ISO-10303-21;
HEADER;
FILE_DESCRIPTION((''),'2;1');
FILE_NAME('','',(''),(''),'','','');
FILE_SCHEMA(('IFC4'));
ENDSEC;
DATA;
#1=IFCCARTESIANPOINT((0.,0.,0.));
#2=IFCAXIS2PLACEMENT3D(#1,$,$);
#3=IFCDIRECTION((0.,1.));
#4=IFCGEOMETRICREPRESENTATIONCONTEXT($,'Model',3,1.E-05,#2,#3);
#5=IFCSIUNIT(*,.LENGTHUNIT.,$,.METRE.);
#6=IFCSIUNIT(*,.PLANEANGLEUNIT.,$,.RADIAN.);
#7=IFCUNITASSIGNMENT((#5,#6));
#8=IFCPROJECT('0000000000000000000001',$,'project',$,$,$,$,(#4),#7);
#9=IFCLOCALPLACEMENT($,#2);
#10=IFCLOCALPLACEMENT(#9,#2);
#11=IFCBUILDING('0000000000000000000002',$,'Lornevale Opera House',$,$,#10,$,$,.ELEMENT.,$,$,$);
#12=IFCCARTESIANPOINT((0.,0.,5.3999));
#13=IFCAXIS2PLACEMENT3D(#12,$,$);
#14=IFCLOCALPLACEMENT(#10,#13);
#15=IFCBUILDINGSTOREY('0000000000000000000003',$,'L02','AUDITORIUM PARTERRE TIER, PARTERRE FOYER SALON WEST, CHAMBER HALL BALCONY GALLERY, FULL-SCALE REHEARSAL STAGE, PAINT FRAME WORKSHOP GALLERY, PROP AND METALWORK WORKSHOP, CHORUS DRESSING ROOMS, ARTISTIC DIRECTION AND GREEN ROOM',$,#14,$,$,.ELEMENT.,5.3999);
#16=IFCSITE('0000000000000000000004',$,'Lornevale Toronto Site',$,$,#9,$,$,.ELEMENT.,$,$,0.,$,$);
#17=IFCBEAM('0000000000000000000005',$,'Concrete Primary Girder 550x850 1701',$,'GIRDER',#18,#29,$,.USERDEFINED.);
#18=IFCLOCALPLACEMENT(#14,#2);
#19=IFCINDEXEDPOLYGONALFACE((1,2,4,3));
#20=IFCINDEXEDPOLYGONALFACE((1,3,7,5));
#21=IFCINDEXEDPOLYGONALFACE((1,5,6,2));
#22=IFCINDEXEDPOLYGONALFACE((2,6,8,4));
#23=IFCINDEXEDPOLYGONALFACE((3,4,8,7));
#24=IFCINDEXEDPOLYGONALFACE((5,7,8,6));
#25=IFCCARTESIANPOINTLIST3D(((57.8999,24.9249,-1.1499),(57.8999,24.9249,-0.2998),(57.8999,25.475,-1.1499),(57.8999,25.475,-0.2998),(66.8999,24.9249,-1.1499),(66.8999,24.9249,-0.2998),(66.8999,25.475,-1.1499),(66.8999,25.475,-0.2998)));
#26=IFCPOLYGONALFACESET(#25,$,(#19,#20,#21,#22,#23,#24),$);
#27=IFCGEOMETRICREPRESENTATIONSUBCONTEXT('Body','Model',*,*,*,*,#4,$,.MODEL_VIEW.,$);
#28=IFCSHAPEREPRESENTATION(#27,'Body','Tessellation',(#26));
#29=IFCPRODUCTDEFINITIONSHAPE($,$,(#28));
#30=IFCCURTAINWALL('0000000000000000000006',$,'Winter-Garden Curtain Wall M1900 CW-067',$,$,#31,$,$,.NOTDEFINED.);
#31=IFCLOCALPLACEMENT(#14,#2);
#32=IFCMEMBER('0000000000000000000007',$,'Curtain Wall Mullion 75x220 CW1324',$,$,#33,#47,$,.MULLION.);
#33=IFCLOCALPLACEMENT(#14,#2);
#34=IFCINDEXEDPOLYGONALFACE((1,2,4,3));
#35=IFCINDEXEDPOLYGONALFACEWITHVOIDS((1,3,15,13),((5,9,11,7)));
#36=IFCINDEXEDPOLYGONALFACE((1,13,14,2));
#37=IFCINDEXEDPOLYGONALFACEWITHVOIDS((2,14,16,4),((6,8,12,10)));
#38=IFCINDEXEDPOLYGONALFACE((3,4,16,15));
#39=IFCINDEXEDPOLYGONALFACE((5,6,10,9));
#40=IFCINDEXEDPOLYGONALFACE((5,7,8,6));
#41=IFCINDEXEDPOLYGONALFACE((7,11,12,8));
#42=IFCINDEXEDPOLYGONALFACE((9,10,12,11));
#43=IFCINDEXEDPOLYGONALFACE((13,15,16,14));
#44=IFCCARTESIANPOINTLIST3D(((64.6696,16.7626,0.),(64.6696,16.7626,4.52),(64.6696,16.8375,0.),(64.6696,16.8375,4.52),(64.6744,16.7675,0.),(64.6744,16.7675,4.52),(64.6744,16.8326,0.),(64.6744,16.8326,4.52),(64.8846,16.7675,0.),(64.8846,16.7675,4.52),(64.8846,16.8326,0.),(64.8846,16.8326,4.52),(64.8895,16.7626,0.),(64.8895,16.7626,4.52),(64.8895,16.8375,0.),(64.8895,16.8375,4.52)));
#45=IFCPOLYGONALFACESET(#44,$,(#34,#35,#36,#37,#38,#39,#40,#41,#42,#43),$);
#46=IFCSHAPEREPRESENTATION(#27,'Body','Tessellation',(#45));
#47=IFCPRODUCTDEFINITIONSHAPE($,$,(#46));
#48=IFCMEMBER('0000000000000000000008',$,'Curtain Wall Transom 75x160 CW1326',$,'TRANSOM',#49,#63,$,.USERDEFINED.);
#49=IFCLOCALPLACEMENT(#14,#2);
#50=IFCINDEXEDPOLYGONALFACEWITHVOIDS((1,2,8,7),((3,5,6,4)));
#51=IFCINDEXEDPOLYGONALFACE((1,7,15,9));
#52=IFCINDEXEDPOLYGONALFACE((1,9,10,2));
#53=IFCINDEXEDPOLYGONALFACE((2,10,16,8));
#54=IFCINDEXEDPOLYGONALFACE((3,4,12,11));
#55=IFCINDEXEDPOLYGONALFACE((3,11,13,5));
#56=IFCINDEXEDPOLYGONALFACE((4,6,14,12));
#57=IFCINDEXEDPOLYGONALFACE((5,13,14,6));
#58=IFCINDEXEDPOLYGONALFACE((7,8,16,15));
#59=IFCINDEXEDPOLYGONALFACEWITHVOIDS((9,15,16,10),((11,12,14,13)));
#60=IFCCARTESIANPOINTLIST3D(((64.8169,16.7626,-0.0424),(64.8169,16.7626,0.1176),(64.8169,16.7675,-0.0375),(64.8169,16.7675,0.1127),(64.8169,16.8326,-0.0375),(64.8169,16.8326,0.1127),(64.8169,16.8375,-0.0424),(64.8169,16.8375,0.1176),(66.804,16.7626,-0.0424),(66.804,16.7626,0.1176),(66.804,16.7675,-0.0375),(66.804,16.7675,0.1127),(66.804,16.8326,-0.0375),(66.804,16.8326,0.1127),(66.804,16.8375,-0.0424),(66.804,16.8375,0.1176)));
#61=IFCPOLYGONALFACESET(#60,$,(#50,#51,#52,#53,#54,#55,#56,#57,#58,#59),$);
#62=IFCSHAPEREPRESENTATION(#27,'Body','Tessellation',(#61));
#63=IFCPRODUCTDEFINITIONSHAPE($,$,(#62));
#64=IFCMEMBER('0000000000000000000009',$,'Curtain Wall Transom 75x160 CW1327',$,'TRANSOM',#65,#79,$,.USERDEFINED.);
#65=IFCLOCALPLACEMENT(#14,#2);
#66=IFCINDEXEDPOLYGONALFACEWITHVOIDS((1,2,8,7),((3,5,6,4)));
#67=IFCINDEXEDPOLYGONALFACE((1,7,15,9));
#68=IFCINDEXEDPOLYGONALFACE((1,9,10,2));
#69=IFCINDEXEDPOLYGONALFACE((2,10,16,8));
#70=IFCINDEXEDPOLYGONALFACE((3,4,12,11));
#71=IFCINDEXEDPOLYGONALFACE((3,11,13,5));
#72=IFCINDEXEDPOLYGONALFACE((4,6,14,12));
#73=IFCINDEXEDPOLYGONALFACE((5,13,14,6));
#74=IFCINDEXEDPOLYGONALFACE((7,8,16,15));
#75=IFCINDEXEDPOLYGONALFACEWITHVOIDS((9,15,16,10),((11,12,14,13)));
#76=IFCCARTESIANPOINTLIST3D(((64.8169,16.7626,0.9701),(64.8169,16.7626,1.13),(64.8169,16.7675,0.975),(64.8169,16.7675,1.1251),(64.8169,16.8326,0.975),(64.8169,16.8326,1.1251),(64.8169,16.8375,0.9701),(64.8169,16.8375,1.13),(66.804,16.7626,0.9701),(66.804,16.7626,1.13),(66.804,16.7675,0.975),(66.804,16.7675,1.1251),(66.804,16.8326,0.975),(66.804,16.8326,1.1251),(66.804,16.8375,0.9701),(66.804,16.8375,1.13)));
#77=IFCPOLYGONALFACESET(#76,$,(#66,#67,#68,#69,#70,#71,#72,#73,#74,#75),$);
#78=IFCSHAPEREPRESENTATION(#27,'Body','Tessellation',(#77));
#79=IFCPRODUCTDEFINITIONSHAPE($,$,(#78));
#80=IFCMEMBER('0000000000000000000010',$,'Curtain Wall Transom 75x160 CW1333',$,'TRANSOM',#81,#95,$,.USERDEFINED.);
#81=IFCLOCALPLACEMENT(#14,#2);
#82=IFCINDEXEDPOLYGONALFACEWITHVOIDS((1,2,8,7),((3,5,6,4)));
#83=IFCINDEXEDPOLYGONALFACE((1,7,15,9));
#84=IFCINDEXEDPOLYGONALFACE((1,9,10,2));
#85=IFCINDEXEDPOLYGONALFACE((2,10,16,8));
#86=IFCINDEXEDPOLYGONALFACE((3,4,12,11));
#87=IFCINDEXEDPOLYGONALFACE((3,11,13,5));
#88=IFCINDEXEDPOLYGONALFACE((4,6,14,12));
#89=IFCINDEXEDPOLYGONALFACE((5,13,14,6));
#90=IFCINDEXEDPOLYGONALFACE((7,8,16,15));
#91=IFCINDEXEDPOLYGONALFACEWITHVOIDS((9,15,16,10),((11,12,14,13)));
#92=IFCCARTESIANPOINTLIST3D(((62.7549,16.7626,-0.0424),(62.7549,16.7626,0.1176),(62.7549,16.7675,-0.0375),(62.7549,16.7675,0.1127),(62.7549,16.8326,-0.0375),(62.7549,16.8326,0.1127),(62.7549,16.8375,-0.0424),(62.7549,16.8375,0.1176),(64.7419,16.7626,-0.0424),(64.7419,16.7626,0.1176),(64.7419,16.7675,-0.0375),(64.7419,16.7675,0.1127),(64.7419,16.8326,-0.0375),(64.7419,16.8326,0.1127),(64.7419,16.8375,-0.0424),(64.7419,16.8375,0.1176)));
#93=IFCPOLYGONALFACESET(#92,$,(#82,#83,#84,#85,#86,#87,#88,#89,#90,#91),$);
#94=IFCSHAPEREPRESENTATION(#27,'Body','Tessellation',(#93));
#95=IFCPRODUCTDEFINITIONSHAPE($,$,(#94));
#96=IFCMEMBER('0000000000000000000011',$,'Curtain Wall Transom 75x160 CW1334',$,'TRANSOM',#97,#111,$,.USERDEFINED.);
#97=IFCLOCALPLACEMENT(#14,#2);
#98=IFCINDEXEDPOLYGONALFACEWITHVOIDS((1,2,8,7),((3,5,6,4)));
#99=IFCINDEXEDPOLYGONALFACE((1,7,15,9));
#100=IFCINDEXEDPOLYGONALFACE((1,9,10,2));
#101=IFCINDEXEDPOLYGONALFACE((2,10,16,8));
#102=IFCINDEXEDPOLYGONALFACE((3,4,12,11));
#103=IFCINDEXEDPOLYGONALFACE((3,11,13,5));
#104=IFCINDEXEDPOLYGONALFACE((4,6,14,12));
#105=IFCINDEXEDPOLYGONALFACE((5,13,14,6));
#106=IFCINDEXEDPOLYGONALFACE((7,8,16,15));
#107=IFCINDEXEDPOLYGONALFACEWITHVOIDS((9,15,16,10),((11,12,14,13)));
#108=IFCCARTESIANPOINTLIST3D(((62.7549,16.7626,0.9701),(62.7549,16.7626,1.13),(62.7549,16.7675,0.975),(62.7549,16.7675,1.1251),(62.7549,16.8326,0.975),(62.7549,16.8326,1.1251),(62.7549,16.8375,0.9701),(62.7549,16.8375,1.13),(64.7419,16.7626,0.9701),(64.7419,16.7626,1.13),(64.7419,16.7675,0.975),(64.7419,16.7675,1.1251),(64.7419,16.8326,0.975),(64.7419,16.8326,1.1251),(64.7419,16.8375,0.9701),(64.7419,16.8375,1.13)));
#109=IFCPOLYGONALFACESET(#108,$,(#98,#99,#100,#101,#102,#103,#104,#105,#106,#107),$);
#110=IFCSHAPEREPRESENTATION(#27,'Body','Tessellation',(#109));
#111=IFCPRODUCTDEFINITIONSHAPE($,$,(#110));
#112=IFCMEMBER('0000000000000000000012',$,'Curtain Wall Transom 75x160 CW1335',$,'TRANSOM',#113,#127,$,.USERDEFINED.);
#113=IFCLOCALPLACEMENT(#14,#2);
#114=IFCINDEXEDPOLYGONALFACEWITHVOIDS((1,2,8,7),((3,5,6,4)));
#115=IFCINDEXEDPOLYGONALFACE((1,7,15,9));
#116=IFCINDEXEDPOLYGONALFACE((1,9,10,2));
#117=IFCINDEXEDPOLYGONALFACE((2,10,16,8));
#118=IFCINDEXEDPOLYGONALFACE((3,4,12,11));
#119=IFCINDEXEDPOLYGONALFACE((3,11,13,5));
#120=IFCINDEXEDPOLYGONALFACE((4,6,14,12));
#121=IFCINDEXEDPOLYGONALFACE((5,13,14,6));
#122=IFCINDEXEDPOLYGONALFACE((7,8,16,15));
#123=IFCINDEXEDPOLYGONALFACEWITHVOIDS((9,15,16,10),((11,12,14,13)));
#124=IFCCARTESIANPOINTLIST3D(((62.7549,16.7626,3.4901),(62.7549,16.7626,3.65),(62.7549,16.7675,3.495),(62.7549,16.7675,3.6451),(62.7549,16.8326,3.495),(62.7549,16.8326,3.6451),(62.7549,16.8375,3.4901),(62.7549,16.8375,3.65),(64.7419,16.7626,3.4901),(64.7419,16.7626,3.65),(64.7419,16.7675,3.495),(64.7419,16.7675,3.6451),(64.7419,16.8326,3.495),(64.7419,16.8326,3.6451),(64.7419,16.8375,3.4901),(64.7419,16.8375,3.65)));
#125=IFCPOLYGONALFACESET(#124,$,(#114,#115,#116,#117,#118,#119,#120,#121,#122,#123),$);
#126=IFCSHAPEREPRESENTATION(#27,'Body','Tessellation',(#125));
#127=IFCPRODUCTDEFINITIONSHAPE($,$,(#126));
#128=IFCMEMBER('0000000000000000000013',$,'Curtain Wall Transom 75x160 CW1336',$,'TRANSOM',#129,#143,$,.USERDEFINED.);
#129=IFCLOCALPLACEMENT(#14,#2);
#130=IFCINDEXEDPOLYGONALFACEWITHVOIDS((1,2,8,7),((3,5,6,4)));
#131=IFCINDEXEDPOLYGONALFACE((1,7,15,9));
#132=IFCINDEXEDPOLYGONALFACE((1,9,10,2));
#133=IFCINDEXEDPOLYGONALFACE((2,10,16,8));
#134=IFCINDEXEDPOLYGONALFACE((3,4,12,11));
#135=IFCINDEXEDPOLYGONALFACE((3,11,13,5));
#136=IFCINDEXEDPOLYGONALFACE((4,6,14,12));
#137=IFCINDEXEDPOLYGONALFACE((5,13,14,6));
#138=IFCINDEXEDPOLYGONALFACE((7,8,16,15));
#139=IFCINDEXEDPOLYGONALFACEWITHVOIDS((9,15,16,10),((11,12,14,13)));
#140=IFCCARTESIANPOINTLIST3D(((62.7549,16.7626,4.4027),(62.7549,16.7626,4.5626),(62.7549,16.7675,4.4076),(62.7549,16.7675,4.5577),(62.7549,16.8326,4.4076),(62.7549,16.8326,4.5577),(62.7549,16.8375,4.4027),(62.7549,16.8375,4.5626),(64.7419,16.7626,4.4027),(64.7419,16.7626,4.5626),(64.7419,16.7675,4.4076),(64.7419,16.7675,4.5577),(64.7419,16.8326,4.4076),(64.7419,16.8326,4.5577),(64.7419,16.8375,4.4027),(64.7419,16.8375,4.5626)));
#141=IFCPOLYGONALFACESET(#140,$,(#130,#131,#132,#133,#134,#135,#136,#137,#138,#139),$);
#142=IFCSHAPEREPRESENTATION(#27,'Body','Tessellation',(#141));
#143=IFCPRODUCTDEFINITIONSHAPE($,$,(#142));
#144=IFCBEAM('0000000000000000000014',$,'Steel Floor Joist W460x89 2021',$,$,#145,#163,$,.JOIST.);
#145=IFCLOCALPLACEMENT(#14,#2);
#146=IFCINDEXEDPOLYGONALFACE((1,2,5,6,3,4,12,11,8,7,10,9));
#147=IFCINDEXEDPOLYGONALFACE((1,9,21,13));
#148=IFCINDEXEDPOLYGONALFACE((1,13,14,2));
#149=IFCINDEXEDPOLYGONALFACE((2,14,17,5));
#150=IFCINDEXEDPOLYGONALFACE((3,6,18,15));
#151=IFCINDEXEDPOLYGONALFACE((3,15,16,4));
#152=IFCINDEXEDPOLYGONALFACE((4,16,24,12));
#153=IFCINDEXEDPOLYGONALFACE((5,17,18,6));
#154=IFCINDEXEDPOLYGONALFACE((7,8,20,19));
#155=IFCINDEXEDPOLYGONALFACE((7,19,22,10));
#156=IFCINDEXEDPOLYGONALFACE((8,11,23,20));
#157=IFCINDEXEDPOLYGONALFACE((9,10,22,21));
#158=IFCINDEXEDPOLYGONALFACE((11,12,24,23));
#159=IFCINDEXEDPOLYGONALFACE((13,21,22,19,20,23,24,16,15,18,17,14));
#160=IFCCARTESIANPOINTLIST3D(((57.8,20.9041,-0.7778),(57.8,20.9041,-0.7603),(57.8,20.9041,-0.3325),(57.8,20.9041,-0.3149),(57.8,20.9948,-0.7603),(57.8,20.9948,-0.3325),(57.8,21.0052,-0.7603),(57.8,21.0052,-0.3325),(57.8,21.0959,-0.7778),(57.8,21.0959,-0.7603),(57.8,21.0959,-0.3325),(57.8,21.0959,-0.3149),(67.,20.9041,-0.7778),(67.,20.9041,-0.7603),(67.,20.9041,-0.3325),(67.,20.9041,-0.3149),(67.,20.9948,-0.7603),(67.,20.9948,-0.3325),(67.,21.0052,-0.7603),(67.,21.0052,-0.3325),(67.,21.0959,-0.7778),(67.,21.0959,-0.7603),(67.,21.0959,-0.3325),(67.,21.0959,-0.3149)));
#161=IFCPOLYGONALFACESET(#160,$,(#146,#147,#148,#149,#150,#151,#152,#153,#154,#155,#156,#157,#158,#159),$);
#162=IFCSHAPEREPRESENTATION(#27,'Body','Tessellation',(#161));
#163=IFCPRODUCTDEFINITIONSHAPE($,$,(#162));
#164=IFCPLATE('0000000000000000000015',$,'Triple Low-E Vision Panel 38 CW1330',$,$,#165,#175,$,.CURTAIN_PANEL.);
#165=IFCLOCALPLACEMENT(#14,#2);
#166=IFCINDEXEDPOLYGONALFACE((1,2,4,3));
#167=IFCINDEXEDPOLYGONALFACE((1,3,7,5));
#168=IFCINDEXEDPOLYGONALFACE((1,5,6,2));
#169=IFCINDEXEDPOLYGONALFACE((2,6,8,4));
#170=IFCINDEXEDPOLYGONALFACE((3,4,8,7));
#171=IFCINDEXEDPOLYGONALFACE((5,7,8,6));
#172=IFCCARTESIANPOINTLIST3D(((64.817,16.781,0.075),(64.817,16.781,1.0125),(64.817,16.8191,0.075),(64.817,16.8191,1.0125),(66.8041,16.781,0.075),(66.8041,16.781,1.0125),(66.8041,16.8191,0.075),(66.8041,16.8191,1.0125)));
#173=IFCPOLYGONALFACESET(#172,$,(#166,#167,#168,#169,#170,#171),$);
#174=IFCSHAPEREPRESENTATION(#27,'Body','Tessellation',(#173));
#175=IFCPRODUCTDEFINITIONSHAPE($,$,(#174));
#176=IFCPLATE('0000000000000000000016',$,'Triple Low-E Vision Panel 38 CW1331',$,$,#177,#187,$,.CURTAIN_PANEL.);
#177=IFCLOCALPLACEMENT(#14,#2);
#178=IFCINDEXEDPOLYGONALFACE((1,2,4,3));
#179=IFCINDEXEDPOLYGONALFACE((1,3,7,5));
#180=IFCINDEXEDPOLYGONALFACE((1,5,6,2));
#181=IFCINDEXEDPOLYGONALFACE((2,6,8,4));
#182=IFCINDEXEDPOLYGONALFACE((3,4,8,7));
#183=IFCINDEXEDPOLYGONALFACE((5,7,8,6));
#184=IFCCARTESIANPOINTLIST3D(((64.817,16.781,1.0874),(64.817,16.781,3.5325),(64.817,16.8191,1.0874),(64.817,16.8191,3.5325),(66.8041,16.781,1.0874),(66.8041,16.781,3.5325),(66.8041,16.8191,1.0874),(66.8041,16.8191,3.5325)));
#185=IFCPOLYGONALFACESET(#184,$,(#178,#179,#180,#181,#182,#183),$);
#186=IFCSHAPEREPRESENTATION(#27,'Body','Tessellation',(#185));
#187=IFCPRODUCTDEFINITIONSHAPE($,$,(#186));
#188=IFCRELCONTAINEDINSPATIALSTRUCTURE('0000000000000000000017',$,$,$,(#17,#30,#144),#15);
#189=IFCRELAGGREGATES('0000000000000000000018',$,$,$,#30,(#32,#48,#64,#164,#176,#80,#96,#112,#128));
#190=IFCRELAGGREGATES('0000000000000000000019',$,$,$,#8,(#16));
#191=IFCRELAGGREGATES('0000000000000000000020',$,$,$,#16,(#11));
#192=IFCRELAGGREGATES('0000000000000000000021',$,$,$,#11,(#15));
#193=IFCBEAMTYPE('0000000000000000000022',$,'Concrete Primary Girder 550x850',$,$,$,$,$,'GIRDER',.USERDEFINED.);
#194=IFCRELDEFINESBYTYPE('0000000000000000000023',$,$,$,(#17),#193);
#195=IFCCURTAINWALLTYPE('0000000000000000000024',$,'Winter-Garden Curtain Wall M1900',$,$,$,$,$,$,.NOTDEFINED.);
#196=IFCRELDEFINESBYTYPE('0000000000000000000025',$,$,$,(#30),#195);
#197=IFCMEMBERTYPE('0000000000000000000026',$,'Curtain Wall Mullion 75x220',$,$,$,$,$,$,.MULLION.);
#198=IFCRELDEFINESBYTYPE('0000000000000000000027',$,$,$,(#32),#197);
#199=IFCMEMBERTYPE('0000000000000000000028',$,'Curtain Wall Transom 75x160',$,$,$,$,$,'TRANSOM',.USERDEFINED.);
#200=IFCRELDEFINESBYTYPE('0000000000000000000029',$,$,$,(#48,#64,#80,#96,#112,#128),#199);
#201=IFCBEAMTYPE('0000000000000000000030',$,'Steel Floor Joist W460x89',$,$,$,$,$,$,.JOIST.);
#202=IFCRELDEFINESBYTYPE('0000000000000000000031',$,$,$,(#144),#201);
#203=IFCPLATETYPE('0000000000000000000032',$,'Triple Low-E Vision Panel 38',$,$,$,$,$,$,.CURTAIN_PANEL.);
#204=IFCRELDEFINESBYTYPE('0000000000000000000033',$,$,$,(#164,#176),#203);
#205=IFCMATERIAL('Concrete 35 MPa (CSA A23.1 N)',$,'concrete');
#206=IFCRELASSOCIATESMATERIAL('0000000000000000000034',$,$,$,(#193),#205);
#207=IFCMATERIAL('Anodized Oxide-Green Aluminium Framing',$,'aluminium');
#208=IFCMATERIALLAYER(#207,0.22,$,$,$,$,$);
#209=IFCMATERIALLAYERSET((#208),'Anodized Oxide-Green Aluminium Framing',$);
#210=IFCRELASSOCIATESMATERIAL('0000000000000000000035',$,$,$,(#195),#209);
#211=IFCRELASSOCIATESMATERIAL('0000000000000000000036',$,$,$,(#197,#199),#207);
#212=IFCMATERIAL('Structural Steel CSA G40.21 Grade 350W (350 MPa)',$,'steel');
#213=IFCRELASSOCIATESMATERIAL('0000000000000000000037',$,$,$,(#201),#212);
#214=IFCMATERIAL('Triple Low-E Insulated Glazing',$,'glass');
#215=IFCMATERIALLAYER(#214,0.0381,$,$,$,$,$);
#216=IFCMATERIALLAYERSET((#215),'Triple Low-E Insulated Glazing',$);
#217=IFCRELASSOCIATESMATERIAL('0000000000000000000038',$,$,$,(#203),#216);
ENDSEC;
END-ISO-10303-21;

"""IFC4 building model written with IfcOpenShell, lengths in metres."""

from ifc_helpers import new_model, si_unit, direction, frame, origin, origin_2d, place, context, subcontext, project, spatial, rectangle, hollow_rectangle, i_section, extrude, material, layer, layer_set, material_profile, profile_set, type_object, element, aggregate, save


model = new_model("IFC4")

# Units and contexts
model_context = context("Model", 3, precision=1e-05, world=origin(), true_north=direction((0.0, 1.0)))
body_context = subcontext(model_context, "Body", "Model", "MODEL_VIEW")
ifc_project = project(units=[si_unit("LENGTHUNIT", "METRE"), si_unit("PLANEANGLEUNIT", "RADIAN")], contexts=[model_context])

# Site, building, storey
site_placement = place(None, origin())
site = spatial("IfcSite", under=ifc_project, at=site_placement, Name="Lornevale Toronto Site", CompositionType="ELEMENT", RefElevation=0.0)
building_placement = place(site_placement, origin())
building = spatial("IfcBuilding", under=site, at=building_placement, Name="Lornevale Opera House", CompositionType="ELEMENT")
storey_placement = place(building_placement, frame((0.0, 0.0, 5.3999)))
storey = spatial("IfcBuildingStorey", under=building, at=storey_placement, Name="L02", Description="AUDITORIUM PARTERRE TIER, PARTERRE FOYER SALON WEST, CHAMBER HALL BALCONY GALLERY, FULL-SCALE REHEARSAL STAGE, PAINT FRAME WORKSHOP GALLERY, PROP AND METALWORK WORKSHOP, CHORUS DRESSING ROOMS, ARTISTIC DIRECTION AND GREEN ROOM", CompositionType="ELEMENT", Elevation=5.3999)

# Beam
ifc_material_1 = material(Name="Concrete 35 MPa (CSA A23.1 N)", Category="concrete")
ifc_material_profile_1 = material_profile(ifc_material_1, rectangle(XDim=0.55, YDim=0.8501, at=origin_2d()), Name="RC550x850")
ifc_profile_set_1 = profile_set([ifc_material_profile_1], Name="Concrete 35 MPa (CSA A23.1 N)")
beam_type_1 = type_object("IfcBeamType", Name="Concrete Primary Girder 550x850", ElementType="GIRDER", PredefinedType="USERDEFINED", material=ifc_profile_set_1)
beam_1_placement = place(storey_placement, frame((57.8999, 25.2, -0.7249), z_axis=(1.0, 0.0, 0.0), x_axis=(0.0, 1.0, 0.0)))
element("IfcBeam", 1, at=beam_1_placement, inside=storey, type_object=beam_type_1, Name="Concrete Primary Girder 550x850 1701", ObjectType="GIRDER", PredefinedType="USERDEFINED", context=body_context, shape_type="SweptSolid", body=[
    extrude(rectangle(XDim=0.55, YDim=0.8501, at=origin_2d()), origin(), (0.0, 0.0, 1.0), 9.0),
])

# Curtain wall, members
ifc_material_2 = material(Name="Anodized Oxide-Green Aluminium Framing", Category="aluminium")
ifc_layer_1 = layer(ifc_material_2, 0.22)
ifc_layer_set_1 = layer_set([ifc_layer_1], Name="Anodized Oxide-Green Aluminium Framing")
curtain_wall_type = type_object("IfcCurtainWallType", Name="Winter-Garden Curtain Wall M1900", PredefinedType="NOTDEFINED", material=ifc_layer_set_1)
curtain_wall_placement = place(storey_placement, origin())
curtain_wall = element("IfcCurtainWall", 2, at=curtain_wall_placement, inside=storey, type_object=curtain_wall_type, Name="Winter-Garden Curtain Wall M1900 CW-067", PredefinedType="NOTDEFINED")
ifc_material_profile_2 = material_profile(ifc_material_2, hollow_rectangle(XDim=0.075, YDim=0.22, WallThickness=0.0049, at=origin_2d()), Name="ALU75x220x5")
ifc_profile_set_2 = profile_set([ifc_material_profile_2], Name="Anodized Oxide-Green Aluminium Framing")
member_type_1 = type_object("IfcMemberType", Name="Curtain Wall Mullion 75x220", PredefinedType="MULLION", material=ifc_profile_set_2)
member_1_placement = place(storey_placement, frame((64.7795, 16.8, 0.0), z_axis=(0.0, 0.0, 1.0), x_axis=(0.0, -1.0, 0.0)))
member_1 = element("IfcMember", 3, at=member_1_placement, type_object=member_type_1, Name="Curtain Wall Mullion 75x220 CW1324", PredefinedType="MULLION", context=body_context, shape_type="SweptSolid", body=[
    extrude(hollow_rectangle(XDim=0.075, YDim=0.22, WallThickness=0.0049, at=origin_2d()), origin(), (0.0, 0.0, 1.0), 4.52),
])
ifc_material_profile_3 = material_profile(ifc_material_2, hollow_rectangle(XDim=0.075, YDim=0.1599, WallThickness=0.0049, at=origin_2d()), Name="ALU75x160x5")
ifc_profile_set_3 = profile_set([ifc_material_profile_3], Name="Anodized Oxide-Green Aluminium Framing")
member_type_2 = type_object("IfcMemberType", Name="Curtain Wall Transom 75x160", ElementType="TRANSOM", PredefinedType="USERDEFINED", material=ifc_profile_set_3)
member_2_placement = place(storey_placement, frame((66.804, 16.8, 0.0376), z_axis=(-1.0, 0.0, 0.0), x_axis=(0.0, -1.0, 0.0)))
member_2 = element("IfcMember", 4, at=member_2_placement, type_object=member_type_2, Name="Curtain Wall Transom 75x160 CW1326", ObjectType="TRANSOM", PredefinedType="USERDEFINED", context=body_context, shape_type="SweptSolid", body=[
    extrude(hollow_rectangle(XDim=0.075, YDim=0.1599, WallThickness=0.0049, at=origin_2d()), origin(), (0.0, 0.0, 1.0), 1.9871),
])
member_3_placement = place(storey_placement, frame((66.804, 16.8, 1.05), z_axis=(-1.0, 0.0, 0.0), x_axis=(0.0, -1.0, 0.0)))
member_3 = element("IfcMember", 5, at=member_3_placement, type_object=member_type_2, Name="Curtain Wall Transom 75x160 CW1327", ObjectType="TRANSOM", PredefinedType="USERDEFINED", context=body_context, shape_type="SweptSolid", body=[
    extrude(hollow_rectangle(XDim=0.075, YDim=0.1599, WallThickness=0.0049, at=origin_2d()), origin(), (0.0, 0.0, 1.0), 1.9871),
])
member_4_placement = place(storey_placement, frame((64.7419, 16.8, 0.0376), z_axis=(-1.0, 0.0, 0.0), x_axis=(0.0, -1.0, 0.0)))
member_4 = element("IfcMember", 6, at=member_4_placement, type_object=member_type_2, Name="Curtain Wall Transom 75x160 CW1333", ObjectType="TRANSOM", PredefinedType="USERDEFINED", context=body_context, shape_type="SweptSolid", body=[
    extrude(hollow_rectangle(XDim=0.075, YDim=0.1599, WallThickness=0.0049, at=origin_2d()), origin(), (0.0, 0.0, 1.0), 1.9871),
])
member_5_placement = place(storey_placement, frame((64.7419, 16.8, 1.05), z_axis=(-1.0, 0.0, 0.0), x_axis=(0.0, -1.0, 0.0)))
member_5 = element("IfcMember", 7, at=member_5_placement, type_object=member_type_2, Name="Curtain Wall Transom 75x160 CW1334", ObjectType="TRANSOM", PredefinedType="USERDEFINED", context=body_context, shape_type="SweptSolid", body=[
    extrude(hollow_rectangle(XDim=0.075, YDim=0.1599, WallThickness=0.0049, at=origin_2d()), origin(), (0.0, 0.0, 1.0), 1.9871),
])
member_6_placement = place(storey_placement, frame((64.7419, 16.8, 3.5701), z_axis=(-1.0, 0.0, 0.0), x_axis=(0.0, -1.0, 0.0)))
member_6 = element("IfcMember", 8, at=member_6_placement, type_object=member_type_2, Name="Curtain Wall Transom 75x160 CW1335", ObjectType="TRANSOM", PredefinedType="USERDEFINED", context=body_context, shape_type="SweptSolid", body=[
    extrude(hollow_rectangle(XDim=0.075, YDim=0.1599, WallThickness=0.0049, at=origin_2d()), origin(), (0.0, 0.0, 1.0), 1.9871),
])
member_7_placement = place(storey_placement, frame((64.7419, 16.8, 4.4827), z_axis=(-1.0, 0.0, 0.0), x_axis=(0.0, -1.0, 0.0)))
member_7 = element("IfcMember", 9, at=member_7_placement, type_object=member_type_2, Name="Curtain Wall Transom 75x160 CW1336", ObjectType="TRANSOM", PredefinedType="USERDEFINED", context=body_context, shape_type="SweptSolid", body=[
    extrude(hollow_rectangle(XDim=0.075, YDim=0.1599, WallThickness=0.0049, at=origin_2d()), origin(), (0.0, 0.0, 1.0), 1.9871),
])

# Beam
ifc_material_3 = material(Name="Structural Steel CSA G40.21 Grade 350W (350 MPa)", Category="steel")
ifc_material_profile_4 = material_profile(ifc_material_3, i_section(OverallWidth=0.1919, OverallDepth=0.4629, WebThickness=0.0105, FlangeThickness=0.0176, at=origin_2d()), Name="W460x89")
ifc_profile_set_4 = profile_set([ifc_material_profile_4], Name="Structural Steel CSA G40.21 Grade 350W (350 MPa)")
beam_type_2 = type_object("IfcBeamType", Name="Steel Floor Joist W460x89", PredefinedType="JOIST", material=ifc_profile_set_4)
beam_2_placement = place(storey_placement, frame((57.8, 21.0, -0.5464), z_axis=(1.0, 0.0, 0.0), x_axis=(0.0, 1.0, 0.0)))
element("IfcBeam", 10, at=beam_2_placement, inside=storey, type_object=beam_type_2, Name="Steel Floor Joist W460x89 2021", PredefinedType="JOIST", context=body_context, shape_type="SweptSolid", body=[
    extrude(i_section(OverallWidth=0.1919, OverallDepth=0.4629, WebThickness=0.0105, FlangeThickness=0.0176, at=origin_2d()), origin(), (0.0, 0.0, 1.0), 9.2),
])

# Plates
ifc_material_4 = material(Name="Triple Low-E Insulated Glazing", Category="glass")
ifc_layer_2 = layer(ifc_material_4, 0.0381)
ifc_layer_set_2 = layer_set([ifc_layer_2], Name="Triple Low-E Insulated Glazing")
plate_type = type_object("IfcPlateType", Name="Triple Low-E Vision Panel 38", PredefinedType="CURTAIN_PANEL", material=ifc_layer_set_2)
plate_1_placement = place(storey_placement, frame((65.8105, 16.8, 0.075), z_axis=(0.0, 0.0, 1.0), x_axis=(-1.0, 0.0, 0.0)))
plate_1 = element("IfcPlate", 11, at=plate_1_placement, type_object=plate_type, Name="Triple Low-E Vision Panel 38 CW1330", PredefinedType="CURTAIN_PANEL", context=body_context, shape_type="SweptSolid", body=[
    extrude(rectangle(XDim=1.9871, YDim=0.0381, at=origin_2d()), origin(), (0.0, 0.0, 1.0), 0.9375),
])
plate_2_placement = place(storey_placement, frame((65.8105, 16.8, 1.0874), z_axis=(0.0, 0.0, 1.0), x_axis=(-1.0, 0.0, 0.0)))
plate_2 = element("IfcPlate", 12, at=plate_2_placement, type_object=plate_type, Name="Triple Low-E Vision Panel 38 CW1331", PredefinedType="CURTAIN_PANEL", context=body_context, shape_type="SweptSolid", body=[
    extrude(rectangle(XDim=1.9871, YDim=0.0381, at=origin_2d()), origin(), (0.0, 0.0, 1.0), 2.4451),
])
aggregate(curtain_wall, [member_1, member_2, member_3, plate_1, plate_2, member_4, member_5, member_6, member_7])

save(model, "model.ifc")
